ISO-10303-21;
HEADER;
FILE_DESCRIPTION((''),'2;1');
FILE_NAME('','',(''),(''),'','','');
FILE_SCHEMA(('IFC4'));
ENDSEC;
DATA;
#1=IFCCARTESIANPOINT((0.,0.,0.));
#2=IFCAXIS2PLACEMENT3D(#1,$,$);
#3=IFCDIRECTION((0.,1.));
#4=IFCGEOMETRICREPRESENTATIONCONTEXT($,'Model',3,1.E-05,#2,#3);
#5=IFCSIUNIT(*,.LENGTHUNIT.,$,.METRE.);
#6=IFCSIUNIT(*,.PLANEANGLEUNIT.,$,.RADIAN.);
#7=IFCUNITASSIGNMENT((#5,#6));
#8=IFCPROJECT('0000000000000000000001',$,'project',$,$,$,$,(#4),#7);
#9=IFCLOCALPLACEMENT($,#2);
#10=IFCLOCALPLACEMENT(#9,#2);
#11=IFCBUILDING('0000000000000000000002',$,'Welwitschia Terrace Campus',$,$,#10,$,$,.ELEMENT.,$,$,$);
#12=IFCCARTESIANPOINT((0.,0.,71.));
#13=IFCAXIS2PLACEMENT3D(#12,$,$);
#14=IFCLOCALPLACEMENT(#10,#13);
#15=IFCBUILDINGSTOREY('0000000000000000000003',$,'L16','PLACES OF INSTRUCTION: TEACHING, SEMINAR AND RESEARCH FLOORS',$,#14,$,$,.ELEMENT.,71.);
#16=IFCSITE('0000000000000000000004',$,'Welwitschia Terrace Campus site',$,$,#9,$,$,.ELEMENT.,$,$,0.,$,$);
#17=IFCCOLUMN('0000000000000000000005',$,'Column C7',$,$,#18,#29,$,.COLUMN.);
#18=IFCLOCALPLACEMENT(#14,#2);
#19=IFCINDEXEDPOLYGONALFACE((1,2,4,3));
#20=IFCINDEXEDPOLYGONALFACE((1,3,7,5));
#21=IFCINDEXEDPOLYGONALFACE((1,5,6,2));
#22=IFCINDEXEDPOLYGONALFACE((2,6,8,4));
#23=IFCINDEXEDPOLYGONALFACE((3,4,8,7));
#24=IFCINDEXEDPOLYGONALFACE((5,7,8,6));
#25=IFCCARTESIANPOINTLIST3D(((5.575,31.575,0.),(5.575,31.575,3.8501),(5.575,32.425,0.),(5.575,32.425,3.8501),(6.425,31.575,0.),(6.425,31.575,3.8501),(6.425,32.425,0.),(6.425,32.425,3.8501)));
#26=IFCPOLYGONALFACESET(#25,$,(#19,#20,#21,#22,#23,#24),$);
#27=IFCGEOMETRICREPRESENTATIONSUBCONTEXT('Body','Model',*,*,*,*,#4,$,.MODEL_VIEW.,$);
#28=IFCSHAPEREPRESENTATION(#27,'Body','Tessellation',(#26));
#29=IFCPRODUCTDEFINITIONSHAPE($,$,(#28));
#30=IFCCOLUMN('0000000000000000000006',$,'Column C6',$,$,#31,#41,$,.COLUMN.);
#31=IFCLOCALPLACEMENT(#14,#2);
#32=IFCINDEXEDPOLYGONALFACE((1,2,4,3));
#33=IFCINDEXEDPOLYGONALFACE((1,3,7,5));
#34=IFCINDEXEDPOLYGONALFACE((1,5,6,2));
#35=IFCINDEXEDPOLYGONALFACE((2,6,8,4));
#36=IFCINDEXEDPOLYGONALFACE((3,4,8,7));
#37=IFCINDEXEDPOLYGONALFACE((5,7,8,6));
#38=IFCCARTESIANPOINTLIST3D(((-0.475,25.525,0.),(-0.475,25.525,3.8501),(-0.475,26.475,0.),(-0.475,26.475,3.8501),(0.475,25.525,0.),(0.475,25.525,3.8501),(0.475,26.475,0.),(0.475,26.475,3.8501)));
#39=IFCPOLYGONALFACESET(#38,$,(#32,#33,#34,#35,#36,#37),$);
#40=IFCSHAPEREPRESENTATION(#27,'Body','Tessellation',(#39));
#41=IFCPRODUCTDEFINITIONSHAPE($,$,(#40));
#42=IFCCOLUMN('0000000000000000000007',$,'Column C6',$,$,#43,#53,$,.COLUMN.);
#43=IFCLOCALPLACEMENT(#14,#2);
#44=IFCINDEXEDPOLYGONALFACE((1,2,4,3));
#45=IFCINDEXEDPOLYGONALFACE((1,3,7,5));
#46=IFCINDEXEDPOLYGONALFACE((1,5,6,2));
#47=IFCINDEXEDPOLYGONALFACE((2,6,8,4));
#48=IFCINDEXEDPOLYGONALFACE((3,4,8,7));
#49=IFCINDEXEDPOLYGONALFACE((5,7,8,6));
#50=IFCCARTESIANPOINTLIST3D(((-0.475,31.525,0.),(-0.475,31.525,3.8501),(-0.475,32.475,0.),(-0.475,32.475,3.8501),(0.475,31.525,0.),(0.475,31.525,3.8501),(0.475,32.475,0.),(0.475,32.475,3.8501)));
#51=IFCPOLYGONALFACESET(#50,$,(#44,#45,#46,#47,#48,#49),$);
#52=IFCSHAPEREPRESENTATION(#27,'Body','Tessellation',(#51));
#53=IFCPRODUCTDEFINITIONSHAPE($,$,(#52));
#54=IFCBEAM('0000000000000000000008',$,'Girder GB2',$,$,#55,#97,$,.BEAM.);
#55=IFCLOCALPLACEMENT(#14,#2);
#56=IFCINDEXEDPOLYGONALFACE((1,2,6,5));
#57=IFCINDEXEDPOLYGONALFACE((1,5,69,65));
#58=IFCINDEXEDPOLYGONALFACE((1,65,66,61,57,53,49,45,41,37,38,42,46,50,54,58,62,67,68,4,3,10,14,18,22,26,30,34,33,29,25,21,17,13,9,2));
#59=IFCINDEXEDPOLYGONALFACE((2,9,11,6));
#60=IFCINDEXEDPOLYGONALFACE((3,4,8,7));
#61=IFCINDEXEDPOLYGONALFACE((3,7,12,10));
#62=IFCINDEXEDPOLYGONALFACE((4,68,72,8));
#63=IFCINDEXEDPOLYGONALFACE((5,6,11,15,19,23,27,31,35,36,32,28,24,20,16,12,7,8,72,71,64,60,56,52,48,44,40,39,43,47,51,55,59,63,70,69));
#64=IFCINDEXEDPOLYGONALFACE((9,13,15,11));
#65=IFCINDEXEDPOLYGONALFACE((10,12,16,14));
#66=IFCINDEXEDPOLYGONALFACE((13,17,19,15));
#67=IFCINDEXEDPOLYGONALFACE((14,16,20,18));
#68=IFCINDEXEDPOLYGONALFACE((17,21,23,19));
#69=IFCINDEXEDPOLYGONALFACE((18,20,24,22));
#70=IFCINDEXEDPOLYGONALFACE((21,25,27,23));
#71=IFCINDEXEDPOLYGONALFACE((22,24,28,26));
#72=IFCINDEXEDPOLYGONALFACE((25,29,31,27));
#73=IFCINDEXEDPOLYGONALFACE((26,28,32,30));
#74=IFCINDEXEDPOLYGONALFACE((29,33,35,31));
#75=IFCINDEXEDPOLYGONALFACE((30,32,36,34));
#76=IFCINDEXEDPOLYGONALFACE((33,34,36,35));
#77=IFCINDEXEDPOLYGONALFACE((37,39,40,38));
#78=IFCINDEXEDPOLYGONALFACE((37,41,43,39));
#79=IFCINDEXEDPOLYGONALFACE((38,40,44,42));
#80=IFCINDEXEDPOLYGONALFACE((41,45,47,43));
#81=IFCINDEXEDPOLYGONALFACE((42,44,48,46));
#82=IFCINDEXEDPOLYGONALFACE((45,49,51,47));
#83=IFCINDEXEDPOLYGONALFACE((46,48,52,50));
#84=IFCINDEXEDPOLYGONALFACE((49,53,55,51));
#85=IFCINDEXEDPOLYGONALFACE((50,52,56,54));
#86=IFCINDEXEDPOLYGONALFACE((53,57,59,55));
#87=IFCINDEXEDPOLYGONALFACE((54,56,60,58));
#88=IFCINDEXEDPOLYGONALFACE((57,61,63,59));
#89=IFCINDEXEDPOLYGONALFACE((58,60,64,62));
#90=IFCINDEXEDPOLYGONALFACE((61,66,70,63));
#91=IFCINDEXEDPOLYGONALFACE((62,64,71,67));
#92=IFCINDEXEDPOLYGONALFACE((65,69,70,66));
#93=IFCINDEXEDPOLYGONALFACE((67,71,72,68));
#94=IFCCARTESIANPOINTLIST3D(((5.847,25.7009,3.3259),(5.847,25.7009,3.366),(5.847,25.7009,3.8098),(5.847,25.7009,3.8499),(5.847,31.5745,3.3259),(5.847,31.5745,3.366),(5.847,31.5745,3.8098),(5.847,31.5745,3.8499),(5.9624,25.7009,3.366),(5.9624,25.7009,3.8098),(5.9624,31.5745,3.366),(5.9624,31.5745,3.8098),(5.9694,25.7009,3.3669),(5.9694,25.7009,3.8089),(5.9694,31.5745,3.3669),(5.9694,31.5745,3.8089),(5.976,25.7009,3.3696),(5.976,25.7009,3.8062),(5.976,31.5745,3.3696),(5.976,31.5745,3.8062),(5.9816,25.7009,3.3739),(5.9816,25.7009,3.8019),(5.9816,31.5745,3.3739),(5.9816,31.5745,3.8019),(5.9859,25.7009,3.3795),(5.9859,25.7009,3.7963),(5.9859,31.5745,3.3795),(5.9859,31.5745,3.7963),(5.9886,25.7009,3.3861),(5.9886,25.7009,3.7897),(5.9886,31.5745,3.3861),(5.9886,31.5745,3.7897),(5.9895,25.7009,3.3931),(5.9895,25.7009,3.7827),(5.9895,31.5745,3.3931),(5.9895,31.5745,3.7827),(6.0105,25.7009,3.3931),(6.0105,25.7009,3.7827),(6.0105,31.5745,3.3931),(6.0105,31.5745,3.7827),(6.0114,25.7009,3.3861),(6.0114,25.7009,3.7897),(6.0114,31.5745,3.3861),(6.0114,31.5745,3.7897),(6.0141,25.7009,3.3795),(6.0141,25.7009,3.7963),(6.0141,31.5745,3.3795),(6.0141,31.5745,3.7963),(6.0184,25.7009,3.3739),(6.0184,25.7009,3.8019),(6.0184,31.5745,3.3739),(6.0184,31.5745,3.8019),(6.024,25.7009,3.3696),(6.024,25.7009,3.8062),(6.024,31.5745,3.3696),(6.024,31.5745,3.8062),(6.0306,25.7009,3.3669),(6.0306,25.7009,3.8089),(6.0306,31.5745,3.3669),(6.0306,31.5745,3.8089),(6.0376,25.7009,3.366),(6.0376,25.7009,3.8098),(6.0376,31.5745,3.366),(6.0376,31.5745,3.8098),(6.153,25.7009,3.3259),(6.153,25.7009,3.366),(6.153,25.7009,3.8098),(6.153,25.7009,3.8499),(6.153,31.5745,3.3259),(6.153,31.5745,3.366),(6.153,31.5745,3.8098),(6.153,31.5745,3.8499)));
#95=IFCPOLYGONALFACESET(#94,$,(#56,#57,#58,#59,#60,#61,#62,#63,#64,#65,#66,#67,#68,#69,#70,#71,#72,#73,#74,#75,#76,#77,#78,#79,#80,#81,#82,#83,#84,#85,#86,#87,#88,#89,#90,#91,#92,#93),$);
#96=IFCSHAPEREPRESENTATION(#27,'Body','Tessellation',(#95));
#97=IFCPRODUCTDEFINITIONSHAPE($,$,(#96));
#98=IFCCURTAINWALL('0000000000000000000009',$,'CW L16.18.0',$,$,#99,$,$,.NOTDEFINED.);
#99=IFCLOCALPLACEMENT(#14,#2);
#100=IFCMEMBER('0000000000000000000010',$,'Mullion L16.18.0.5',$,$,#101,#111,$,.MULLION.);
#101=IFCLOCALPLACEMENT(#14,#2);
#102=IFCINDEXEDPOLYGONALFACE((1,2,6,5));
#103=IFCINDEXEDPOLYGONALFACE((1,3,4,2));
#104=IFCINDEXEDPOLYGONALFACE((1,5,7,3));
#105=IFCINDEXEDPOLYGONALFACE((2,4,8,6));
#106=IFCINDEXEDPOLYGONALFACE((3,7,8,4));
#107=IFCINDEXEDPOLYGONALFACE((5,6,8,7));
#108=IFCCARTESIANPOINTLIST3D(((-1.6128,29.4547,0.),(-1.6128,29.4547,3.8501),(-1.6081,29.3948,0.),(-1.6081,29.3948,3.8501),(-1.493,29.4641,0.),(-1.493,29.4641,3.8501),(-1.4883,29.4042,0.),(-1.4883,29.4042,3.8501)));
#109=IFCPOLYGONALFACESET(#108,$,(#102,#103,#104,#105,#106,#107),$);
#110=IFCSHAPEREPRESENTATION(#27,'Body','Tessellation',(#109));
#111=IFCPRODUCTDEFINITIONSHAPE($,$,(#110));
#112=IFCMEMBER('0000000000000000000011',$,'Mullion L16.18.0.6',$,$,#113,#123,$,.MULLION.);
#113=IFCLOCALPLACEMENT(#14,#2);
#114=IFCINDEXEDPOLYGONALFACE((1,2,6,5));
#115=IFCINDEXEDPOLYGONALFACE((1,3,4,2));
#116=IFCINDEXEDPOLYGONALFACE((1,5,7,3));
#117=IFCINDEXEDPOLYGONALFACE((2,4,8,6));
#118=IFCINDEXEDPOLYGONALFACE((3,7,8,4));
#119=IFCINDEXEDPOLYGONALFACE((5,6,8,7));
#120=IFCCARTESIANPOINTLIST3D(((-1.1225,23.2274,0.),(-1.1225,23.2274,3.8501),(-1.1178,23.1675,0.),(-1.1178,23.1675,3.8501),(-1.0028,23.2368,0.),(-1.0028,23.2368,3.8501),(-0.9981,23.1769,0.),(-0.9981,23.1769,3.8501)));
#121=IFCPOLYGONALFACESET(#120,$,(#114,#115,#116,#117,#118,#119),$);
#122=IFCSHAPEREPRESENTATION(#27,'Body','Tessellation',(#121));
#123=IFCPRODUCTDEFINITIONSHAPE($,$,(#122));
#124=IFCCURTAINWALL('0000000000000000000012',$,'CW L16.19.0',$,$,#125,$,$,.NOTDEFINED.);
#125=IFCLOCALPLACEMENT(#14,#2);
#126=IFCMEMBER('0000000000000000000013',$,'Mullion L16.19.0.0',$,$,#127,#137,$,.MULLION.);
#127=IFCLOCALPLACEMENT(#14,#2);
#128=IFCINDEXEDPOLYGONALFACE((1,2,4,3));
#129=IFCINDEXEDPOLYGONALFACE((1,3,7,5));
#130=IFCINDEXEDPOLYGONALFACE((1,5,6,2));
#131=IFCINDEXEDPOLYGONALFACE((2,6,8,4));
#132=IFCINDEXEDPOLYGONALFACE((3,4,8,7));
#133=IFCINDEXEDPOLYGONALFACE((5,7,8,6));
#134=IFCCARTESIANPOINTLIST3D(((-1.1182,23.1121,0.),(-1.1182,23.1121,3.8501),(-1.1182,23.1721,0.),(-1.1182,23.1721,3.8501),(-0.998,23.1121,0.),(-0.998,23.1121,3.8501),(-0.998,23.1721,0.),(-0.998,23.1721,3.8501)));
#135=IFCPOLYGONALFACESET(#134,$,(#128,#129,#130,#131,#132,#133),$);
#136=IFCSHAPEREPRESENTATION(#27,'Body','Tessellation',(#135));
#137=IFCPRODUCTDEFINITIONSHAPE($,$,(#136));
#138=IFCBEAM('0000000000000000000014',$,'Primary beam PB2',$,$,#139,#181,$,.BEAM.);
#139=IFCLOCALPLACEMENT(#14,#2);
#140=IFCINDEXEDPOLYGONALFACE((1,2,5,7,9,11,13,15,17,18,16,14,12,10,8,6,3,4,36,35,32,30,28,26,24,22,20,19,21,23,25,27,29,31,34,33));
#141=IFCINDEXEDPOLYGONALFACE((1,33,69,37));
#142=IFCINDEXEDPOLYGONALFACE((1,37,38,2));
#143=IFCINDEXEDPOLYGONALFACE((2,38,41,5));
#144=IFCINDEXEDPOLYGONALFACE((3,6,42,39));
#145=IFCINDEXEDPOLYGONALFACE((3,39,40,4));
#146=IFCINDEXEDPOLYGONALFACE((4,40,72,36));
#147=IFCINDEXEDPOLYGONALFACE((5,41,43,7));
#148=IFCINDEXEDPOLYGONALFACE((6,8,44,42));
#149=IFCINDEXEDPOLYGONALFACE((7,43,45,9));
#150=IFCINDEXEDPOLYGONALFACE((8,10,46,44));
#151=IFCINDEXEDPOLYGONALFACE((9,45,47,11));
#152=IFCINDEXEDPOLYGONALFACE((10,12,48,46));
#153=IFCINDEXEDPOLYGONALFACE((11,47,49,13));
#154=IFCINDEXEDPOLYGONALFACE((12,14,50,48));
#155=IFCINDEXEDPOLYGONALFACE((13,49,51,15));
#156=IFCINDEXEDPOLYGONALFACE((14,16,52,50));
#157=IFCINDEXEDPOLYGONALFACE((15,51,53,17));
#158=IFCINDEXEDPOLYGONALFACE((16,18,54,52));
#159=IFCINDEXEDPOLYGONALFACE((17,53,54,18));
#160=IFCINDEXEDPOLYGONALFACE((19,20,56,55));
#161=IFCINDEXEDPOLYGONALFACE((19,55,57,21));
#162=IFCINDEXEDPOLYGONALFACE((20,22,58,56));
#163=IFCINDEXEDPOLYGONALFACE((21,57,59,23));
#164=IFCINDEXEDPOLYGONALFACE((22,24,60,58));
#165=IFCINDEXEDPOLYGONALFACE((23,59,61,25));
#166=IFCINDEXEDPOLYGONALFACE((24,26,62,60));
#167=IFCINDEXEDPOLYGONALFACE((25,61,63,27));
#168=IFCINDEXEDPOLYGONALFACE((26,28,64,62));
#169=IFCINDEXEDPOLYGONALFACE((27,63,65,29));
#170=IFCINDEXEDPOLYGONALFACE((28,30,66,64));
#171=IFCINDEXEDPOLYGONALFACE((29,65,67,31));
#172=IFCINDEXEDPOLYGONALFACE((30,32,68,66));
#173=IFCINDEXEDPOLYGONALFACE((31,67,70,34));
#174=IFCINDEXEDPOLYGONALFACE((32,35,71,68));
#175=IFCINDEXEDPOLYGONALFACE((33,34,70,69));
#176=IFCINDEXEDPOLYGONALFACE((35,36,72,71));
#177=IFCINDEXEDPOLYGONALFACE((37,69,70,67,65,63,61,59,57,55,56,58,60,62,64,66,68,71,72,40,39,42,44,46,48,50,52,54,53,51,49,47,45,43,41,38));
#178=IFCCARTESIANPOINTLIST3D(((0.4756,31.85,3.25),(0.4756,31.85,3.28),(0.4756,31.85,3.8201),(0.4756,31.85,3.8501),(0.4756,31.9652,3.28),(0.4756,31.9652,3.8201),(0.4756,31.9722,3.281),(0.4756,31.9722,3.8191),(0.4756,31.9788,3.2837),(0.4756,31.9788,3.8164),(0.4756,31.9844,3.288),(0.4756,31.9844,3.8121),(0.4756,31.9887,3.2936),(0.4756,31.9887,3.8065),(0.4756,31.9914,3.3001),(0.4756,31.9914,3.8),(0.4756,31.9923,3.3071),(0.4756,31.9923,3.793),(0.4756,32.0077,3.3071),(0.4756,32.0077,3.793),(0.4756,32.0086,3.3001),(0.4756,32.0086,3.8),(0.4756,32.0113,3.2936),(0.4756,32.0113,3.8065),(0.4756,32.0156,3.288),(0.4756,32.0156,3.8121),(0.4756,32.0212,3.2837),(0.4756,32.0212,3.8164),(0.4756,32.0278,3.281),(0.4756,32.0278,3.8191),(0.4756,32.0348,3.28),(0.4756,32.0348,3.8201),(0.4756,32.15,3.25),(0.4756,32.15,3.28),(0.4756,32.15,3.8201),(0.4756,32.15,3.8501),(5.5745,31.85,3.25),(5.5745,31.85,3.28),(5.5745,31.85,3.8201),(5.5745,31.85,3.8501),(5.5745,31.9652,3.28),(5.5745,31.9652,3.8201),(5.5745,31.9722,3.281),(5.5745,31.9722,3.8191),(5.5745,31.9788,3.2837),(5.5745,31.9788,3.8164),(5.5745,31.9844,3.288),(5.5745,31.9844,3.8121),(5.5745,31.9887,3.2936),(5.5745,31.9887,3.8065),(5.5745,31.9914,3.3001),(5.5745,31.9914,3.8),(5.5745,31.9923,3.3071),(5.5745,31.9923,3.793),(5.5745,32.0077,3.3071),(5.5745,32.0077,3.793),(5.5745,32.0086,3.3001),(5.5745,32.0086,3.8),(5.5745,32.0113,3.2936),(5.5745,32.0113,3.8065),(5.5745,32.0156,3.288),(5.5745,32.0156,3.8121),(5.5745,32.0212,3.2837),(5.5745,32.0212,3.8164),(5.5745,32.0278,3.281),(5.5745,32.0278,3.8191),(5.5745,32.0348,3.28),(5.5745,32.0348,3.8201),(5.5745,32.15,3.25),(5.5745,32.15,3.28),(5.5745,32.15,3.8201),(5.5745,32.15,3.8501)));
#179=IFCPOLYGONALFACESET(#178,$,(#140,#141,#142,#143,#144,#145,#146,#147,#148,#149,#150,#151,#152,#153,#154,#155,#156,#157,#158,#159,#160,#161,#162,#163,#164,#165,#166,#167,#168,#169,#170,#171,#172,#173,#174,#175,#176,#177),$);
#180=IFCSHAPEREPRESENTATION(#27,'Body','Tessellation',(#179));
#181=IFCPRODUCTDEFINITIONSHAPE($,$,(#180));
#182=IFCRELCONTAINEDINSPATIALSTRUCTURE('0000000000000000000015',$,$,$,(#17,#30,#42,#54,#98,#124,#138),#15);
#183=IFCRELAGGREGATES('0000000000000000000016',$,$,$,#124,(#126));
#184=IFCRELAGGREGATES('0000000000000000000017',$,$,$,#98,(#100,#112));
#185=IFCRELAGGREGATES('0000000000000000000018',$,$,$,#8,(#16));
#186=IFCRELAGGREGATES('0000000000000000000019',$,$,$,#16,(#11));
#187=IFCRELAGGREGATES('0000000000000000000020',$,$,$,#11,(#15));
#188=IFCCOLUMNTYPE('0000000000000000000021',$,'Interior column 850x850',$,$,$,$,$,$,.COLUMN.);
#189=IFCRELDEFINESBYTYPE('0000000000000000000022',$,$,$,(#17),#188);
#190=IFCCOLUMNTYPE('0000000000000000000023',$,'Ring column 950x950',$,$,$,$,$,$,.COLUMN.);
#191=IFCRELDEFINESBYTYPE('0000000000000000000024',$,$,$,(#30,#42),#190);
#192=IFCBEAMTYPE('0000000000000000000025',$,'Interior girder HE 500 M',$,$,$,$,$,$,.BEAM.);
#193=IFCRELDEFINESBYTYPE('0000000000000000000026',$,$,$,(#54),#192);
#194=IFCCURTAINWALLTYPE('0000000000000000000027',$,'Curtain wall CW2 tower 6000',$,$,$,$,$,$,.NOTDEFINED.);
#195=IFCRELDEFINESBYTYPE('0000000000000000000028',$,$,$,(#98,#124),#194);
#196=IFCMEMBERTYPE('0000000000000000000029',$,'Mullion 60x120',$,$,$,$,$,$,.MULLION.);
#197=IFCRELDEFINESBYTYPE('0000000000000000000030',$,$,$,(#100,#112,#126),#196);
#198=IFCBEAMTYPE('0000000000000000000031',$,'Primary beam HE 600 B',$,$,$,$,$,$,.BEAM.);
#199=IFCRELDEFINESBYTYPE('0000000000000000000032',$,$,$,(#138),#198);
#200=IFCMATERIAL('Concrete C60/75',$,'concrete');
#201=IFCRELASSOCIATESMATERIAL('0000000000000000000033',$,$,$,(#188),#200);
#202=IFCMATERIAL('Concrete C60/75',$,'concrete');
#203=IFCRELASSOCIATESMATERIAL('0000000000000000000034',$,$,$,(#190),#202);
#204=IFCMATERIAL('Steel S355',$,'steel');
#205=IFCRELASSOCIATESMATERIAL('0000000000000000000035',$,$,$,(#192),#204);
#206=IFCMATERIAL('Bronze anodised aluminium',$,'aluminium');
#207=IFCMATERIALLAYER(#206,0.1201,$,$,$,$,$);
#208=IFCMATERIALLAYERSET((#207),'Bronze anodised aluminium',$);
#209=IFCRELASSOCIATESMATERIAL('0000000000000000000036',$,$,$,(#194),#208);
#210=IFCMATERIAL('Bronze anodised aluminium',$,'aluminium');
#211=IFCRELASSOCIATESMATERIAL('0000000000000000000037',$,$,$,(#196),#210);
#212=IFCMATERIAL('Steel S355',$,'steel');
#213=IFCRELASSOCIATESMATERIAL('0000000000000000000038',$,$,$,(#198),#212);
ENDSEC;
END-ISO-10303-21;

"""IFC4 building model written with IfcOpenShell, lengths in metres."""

from ifc_helpers import new_model, si_unit, direction, frame, origin, origin_2d, place, context, subcontext, project, spatial, rectangle, i_section, extrude, material, layer, layer_set, material_profile, profile_set, type_object, element, aggregate, save


model = new_model("IFC4")

# Units and contexts
model_context = context("Model", 3, precision=1e-05, world=origin(), true_north=direction((0.0, 1.0)))
body_context = subcontext(model_context, "Body", "Model", "MODEL_VIEW")
ifc_project = project(units=[si_unit("LENGTHUNIT", "METRE"), si_unit("PLANEANGLEUNIT", "RADIAN")], contexts=[model_context])

# Site, building, storey
site_placement = place(None, origin())
site = spatial("IfcSite", under=ifc_project, at=site_placement, Name="Welwitschia Terrace Campus site", CompositionType="ELEMENT", RefElevation=0.0)
building_placement = place(site_placement, origin())
building = spatial("IfcBuilding", under=site, at=building_placement, Name="Welwitschia Terrace Campus", CompositionType="ELEMENT")
storey_placement = place(building_placement, frame((0.0, 0.0, 71.0)))
storey = spatial("IfcBuildingStorey", under=building, at=storey_placement, Name="L16", Description="PLACES OF INSTRUCTION: TEACHING, SEMINAR AND RESEARCH FLOORS", CompositionType="ELEMENT", Elevation=71.0)

# Columns
ifc_material_1 = material(Name="Concrete C60/75", Category="concrete")
ifc_material_profile_1 = material_profile(ifc_material_1, rectangle(XDim=0.8501, YDim=0.8501, at=origin_2d()))
ifc_profile_set_1 = profile_set([ifc_material_profile_1], Name="Concrete C60/75")
column_type_1 = type_object("IfcColumnType", Name="Interior column 850x850", PredefinedType="COLUMN", material=ifc_profile_set_1)
column_placement = place(storey_placement, frame((6.0, 32.0, 0.0), z_axis=(0.0, 0.0, 1.0), x_axis=(1.0, 0.0, 0.0)))
element("IfcColumn", 1, at=column_placement, inside=storey, type_object=column_type_1, Name="Column C7", PredefinedType="COLUMN", context=body_context, shape_type="SweptSolid", body=[
    extrude(rectangle(XDim=0.8501, YDim=0.8501, at=origin_2d()), origin(), (0.0, 0.0, 1.0), 3.8501),
])
ifc_material_2 = material(Name="Concrete C60/75", Category="concrete")
ifc_material_profile_2 = material_profile(ifc_material_2, rectangle(XDim=0.95, YDim=0.95, at=origin_2d()))
ifc_profile_set_2 = profile_set([ifc_material_profile_2], Name="Concrete C60/75")
column_type_2 = type_object("IfcColumnType", Name="Ring column 950x950", PredefinedType="COLUMN", material=ifc_profile_set_2)
for number, where, z_axis, x_axis, name in (
    (2, (0.0, 26.0, 0.0), (0.0, 0.0, 1.0), (1.0, 0.0, 0.0), "Column C6"),
    (3, (0.0, 32.0, 0.0), (0.0, 0.0, 1.0), (1.0, 0.0, 0.0), "Column C6"),
):
    element("IfcColumn", number, at=place(storey_placement, frame(where, z_axis=z_axis, x_axis=x_axis)), inside=storey, type_object=column_type_2, Name=name, PredefinedType="COLUMN", context=body_context, shape_type="SweptSolid", body=[
        extrude(rectangle(XDim=0.95, YDim=0.95, at=origin_2d()), origin(), (0.0, 0.0, 1.0), 3.8501),
    ])

# Beam
ifc_material_3 = material(Name="Steel S355", Category="steel")
ifc_material_profile_3 = material_profile(ifc_material_3, i_section(OverallWidth=0.3059, OverallDepth=0.5239, WebThickness=0.021, FlangeThickness=0.04, FilletRadius=0.0271, at=origin_2d()))
ifc_profile_set_3 = profile_set([ifc_material_profile_3], Name="Steel S355")
beam_type_1 = type_object("IfcBeamType", Name="Interior girder HE 500 M", PredefinedType="BEAM", material=ifc_profile_set_3)
beam_1_placement = place(storey_placement, frame((6.0, 25.7009, 3.5879), z_axis=(0.0, 1.0, 0.0), x_axis=(-1.0, 0.0, 0.0)))
element("IfcBeam", 4, at=beam_1_placement, inside=storey, type_object=beam_type_1, Name="Girder GB2", PredefinedType="BEAM", context=body_context, shape_type="SweptSolid", body=[
    extrude(i_section(OverallWidth=0.3059, OverallDepth=0.5239, WebThickness=0.021, FlangeThickness=0.04, FilletRadius=0.0271, at=origin_2d()), origin(), (0.0, 0.0, 1.0), 5.8735),
])

# Curtain wall, members
ifc_material_4 = material(Name="Bronze anodised aluminium", Category="aluminium")
ifc_layer_1 = layer(ifc_material_4, 0.1201)
ifc_layer_set_1 = layer_set([ifc_layer_1], Name="Bronze anodised aluminium")
curtain_wall_type = type_object("IfcCurtainWallType", Name="Curtain wall CW2 tower 6000", PredefinedType="NOTDEFINED", material=ifc_layer_set_1)
curtain_wall_1_placement = place(storey_placement, origin())
curtain_wall_1 = element("IfcCurtainWall", 5, at=curtain_wall_1_placement, inside=storey, type_object=curtain_wall_type, Name="CW L16.18.0", PredefinedType="NOTDEFINED")
ifc_material_5 = material(Name="Bronze anodised aluminium", Category="aluminium")
ifc_material_profile_4 = material_profile(ifc_material_5, rectangle(XDim=0.1201, YDim=0.0601, at=origin_2d()))
ifc_profile_set_4 = profile_set([ifc_material_profile_4], Name="Bronze anodised aluminium")
member_type = type_object("IfcMemberType", Name="Mullion 60x120", PredefinedType="MULLION", material=ifc_profile_set_4)
member_1_placement = place(storey_placement, frame((-1.5505, 29.4294, 0.0), z_axis=(0.0, 0.0, 1.0), x_axis=(0.996917, 0.078459, 0.0)))
member_1 = element("IfcMember", 6, at=member_1_placement, type_object=member_type, Name="Mullion L16.18.0.5", PredefinedType="MULLION", context=body_context, shape_type="SweptSolid", body=[
    extrude(rectangle(XDim=0.1201, YDim=0.0601, at=origin_2d()), origin(), (0.0, 0.0, 1.0), 3.8501),
])
member_2_placement = place(storey_placement, frame((-1.0603, 23.2021, 0.0), z_axis=(0.0, 0.0, 1.0), x_axis=(0.996917, 0.078459, 0.0)))
member_2 = element("IfcMember", 7, at=member_2_placement, type_object=member_type, Name="Mullion L16.18.0.6", PredefinedType="MULLION", context=body_context, shape_type="SweptSolid", body=[
    extrude(rectangle(XDim=0.1201, YDim=0.0601, at=origin_2d()), origin(), (0.0, 0.0, 1.0), 3.8501),
])

# Curtain wall, member
curtain_wall_2_placement = place(storey_placement, origin())
curtain_wall_2 = element("IfcCurtainWall", 8, at=curtain_wall_2_placement, inside=storey, type_object=curtain_wall_type, Name="CW L16.19.0", PredefinedType="NOTDEFINED")
member_3_placement = place(storey_placement, frame((-1.0581, 23.1421, 0.0), z_axis=(0.0, 0.0, 1.0), x_axis=(1.0, 0.0, 0.0)))
member_3 = element("IfcMember", 9, at=member_3_placement, type_object=member_type, Name="Mullion L16.19.0.0", PredefinedType="MULLION", context=body_context, shape_type="SweptSolid", body=[
    extrude(rectangle(XDim=0.1201, YDim=0.0601, at=origin_2d()), origin(), (0.0, 0.0, 1.0), 3.8501),
])
aggregate(curtain_wall_2, [member_3])

# Beam
ifc_material_6 = material(Name="Steel S355", Category="steel")
ifc_material_profile_5 = material_profile(ifc_material_6, i_section(OverallWidth=0.3, OverallDepth=0.6001, WebThickness=0.0154, FlangeThickness=0.03, FilletRadius=0.0271, at=origin_2d()))
ifc_profile_set_5 = profile_set([ifc_material_profile_5], Name="Steel S355")
beam_type_2 = type_object("IfcBeamType", Name="Primary beam HE 600 B", PredefinedType="BEAM", material=ifc_profile_set_5)
beam_2_placement = place(storey_placement, frame((0.4756, 32.0, 3.55), z_axis=(1.0, 0.0, 0.0), x_axis=(0.0, 1.0, 0.0)))
element("IfcBeam", 10, at=beam_2_placement, inside=storey, type_object=beam_type_2, Name="Primary beam PB2", PredefinedType="BEAM", context=body_context, shape_type="SweptSolid", body=[
    extrude(i_section(OverallWidth=0.3, OverallDepth=0.6001, WebThickness=0.0154, FlangeThickness=0.03, FilletRadius=0.0271, at=origin_2d()), origin(), (0.0, 0.0, 1.0), 5.0989),
])

aggregate(curtain_wall_1, [member_1, member_2])

save(model, "model.ifc")
